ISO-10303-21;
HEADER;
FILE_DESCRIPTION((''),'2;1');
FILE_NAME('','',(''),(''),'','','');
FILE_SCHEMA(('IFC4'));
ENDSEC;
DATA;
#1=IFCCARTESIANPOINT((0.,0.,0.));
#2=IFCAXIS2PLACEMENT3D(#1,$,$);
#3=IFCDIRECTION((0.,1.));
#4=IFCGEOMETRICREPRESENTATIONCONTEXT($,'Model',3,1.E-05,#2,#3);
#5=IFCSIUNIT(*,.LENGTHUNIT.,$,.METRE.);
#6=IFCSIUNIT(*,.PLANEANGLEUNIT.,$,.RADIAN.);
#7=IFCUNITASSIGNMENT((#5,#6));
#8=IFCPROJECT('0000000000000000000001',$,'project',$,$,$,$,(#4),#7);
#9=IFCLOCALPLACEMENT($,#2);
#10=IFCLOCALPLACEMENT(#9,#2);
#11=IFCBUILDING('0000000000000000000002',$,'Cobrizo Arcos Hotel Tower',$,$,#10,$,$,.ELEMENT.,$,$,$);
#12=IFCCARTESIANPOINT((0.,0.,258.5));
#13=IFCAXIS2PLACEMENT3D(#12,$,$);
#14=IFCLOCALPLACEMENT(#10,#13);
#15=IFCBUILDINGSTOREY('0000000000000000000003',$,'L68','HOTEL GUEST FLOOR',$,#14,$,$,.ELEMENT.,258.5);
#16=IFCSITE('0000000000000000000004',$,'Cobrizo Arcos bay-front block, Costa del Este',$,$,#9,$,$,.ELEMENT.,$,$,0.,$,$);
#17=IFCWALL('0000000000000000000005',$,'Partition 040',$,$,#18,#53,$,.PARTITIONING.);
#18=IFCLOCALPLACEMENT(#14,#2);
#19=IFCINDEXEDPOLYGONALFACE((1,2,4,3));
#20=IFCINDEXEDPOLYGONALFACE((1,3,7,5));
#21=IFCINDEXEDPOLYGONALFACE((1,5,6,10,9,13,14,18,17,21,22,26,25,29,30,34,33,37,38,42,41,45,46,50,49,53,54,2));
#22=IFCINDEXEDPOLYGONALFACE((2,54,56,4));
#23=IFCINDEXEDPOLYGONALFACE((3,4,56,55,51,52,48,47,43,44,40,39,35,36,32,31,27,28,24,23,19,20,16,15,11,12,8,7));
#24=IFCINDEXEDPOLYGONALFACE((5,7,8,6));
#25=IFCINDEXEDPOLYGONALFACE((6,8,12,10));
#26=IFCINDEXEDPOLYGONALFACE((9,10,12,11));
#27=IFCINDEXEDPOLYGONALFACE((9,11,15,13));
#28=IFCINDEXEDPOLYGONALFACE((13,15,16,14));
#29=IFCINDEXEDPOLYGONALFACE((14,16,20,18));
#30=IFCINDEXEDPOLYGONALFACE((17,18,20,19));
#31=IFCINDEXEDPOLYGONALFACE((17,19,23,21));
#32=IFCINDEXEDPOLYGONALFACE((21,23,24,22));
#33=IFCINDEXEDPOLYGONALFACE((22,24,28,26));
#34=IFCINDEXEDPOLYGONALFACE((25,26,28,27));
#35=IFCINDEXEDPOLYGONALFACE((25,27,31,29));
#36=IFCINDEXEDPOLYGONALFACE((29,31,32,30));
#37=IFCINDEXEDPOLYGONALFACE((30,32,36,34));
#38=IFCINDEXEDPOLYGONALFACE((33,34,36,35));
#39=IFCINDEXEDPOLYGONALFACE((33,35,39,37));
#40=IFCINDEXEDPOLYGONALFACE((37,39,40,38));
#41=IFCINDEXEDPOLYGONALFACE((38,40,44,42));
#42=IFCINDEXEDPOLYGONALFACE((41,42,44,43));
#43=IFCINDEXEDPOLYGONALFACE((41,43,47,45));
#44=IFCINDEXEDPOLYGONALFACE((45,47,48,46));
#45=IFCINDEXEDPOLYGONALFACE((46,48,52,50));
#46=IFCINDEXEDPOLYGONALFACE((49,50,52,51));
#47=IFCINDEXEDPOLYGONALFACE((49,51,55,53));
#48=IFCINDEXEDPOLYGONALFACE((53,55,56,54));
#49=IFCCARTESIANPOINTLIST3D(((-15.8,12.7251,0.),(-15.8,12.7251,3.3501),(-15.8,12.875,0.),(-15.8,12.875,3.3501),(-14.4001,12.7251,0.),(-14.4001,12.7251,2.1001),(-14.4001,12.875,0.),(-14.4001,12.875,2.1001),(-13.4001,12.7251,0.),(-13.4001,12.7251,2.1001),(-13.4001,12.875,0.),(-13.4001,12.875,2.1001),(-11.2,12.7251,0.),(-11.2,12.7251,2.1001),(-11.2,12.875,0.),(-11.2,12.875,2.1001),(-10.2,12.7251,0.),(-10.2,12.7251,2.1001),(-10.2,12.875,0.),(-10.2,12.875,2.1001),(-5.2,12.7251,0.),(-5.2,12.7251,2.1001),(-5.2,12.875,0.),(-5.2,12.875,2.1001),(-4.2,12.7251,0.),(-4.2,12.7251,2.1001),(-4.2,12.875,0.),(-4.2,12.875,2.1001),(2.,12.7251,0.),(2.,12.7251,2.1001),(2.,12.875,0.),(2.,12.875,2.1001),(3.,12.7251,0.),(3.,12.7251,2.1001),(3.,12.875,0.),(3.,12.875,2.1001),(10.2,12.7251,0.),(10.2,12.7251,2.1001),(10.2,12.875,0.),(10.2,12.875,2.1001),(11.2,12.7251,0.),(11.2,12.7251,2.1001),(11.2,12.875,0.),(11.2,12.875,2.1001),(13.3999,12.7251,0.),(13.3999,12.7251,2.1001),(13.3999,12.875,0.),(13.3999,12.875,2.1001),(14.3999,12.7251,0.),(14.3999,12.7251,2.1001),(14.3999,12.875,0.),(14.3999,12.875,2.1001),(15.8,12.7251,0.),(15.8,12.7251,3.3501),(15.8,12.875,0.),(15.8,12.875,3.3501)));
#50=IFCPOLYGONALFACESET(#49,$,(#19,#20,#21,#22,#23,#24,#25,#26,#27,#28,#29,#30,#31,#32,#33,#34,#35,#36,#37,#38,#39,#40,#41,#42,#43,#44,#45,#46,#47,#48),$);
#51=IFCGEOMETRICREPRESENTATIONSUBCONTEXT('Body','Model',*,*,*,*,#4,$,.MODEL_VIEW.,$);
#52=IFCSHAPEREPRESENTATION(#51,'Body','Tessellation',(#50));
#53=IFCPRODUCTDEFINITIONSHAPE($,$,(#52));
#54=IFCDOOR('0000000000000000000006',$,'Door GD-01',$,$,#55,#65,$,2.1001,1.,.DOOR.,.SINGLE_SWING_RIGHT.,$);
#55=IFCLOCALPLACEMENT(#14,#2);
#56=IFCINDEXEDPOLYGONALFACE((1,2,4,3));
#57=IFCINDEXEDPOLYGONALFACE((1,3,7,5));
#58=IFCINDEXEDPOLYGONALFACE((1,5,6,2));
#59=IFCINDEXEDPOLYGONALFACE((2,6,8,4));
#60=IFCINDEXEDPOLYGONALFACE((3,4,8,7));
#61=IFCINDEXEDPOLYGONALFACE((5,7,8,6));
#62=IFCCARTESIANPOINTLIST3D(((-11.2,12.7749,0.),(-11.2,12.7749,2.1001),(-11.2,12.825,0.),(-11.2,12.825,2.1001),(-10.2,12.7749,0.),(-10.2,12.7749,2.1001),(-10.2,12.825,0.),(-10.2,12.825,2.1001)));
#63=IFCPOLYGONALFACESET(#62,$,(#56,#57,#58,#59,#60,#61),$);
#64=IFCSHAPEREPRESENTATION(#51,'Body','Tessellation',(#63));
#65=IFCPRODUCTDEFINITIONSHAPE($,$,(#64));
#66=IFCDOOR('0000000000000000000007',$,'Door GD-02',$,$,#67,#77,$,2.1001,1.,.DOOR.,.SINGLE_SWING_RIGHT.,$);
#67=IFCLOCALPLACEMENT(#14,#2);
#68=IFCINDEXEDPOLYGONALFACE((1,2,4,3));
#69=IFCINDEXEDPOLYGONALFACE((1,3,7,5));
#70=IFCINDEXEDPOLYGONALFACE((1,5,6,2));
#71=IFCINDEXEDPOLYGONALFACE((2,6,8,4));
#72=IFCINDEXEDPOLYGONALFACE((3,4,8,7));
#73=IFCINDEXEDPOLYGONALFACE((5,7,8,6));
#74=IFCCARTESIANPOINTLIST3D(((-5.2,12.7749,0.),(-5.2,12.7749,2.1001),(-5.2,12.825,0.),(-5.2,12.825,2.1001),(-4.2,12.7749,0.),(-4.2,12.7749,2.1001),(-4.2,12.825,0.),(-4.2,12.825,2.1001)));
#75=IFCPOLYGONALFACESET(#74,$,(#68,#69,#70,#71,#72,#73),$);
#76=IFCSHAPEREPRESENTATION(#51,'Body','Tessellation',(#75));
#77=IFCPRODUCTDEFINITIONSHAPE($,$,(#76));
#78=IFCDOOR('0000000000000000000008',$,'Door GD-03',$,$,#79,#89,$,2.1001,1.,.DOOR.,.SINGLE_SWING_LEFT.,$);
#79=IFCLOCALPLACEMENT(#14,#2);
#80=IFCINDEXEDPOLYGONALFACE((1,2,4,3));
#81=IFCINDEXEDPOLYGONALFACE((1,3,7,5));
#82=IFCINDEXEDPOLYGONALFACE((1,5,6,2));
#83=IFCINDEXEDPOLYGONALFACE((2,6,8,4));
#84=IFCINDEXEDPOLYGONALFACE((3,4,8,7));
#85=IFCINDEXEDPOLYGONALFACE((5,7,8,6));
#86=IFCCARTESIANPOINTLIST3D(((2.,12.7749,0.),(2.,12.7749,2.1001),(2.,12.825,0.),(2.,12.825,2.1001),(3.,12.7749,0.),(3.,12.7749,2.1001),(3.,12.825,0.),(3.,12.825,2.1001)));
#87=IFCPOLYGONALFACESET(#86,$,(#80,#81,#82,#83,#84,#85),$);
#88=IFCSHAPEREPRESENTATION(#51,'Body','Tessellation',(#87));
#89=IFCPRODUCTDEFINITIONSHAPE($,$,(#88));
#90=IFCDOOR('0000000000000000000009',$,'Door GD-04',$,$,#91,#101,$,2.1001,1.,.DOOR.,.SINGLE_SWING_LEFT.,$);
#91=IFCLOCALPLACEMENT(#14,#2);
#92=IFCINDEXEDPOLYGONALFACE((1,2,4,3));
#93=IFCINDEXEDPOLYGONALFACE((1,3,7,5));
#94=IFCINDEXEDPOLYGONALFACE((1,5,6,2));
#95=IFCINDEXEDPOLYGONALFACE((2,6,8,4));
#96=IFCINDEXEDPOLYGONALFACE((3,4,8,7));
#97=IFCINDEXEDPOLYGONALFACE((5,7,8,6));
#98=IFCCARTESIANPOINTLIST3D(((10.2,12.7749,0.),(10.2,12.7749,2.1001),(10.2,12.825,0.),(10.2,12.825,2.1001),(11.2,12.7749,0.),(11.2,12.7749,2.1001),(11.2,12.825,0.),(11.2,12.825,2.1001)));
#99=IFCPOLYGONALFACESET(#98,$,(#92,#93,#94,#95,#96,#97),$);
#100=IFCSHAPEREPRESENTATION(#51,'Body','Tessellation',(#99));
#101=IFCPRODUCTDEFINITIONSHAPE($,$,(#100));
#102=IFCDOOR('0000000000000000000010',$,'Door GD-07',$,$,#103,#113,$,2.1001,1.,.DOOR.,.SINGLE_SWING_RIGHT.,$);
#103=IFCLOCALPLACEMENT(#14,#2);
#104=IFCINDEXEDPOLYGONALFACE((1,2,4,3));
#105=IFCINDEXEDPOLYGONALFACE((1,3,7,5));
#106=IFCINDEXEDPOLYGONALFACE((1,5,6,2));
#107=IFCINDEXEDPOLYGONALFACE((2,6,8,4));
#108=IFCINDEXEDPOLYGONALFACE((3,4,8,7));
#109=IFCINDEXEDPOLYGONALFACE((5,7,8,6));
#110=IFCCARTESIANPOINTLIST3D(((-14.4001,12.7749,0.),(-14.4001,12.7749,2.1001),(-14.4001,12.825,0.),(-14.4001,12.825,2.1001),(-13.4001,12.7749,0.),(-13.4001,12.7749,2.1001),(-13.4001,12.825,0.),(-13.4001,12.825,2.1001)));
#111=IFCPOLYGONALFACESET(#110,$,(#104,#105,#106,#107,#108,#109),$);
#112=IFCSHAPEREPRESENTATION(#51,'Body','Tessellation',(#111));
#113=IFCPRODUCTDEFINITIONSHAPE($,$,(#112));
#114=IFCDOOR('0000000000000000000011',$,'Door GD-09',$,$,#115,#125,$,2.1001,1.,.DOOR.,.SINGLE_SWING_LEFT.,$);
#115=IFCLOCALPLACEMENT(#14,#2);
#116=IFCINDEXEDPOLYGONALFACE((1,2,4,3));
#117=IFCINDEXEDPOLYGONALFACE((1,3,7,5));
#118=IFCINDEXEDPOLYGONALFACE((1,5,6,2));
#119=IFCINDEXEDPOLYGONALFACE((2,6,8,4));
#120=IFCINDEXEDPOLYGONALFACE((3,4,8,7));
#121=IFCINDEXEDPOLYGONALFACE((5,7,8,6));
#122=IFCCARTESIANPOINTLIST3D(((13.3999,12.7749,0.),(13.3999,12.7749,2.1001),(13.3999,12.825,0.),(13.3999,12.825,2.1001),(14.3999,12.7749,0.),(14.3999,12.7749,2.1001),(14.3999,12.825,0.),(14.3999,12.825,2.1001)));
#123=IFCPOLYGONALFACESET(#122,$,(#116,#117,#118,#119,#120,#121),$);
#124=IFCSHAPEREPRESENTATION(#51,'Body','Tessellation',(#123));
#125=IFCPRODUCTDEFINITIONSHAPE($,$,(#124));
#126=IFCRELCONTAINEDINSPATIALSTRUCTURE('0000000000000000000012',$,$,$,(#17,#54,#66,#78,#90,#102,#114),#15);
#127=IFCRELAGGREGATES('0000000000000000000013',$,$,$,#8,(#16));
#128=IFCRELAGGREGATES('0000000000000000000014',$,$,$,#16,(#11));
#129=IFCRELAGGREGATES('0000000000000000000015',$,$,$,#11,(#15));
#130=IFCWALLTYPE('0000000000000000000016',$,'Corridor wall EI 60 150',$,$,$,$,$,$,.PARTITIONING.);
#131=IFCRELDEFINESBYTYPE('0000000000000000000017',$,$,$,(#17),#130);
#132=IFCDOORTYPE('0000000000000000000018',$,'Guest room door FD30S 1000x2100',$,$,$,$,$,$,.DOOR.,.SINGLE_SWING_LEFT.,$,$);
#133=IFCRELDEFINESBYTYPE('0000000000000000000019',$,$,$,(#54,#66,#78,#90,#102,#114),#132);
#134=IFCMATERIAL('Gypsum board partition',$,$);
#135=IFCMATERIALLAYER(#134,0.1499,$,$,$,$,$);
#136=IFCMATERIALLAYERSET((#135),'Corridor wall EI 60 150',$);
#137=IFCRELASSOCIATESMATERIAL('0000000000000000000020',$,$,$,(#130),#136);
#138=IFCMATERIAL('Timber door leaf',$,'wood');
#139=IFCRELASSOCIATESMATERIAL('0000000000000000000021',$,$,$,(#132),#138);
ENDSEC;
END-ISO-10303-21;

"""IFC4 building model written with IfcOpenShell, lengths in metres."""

from ifc_helpers import new_model, si_unit, direction, frame, frame_2d, origin, place, context, subcontext, project, spatial, rectangle, extrude, material, layer, layer_set, type_object, element, fill, save


model = new_model("IFC4")

# Units and contexts
model_context = context("Model", 3, precision=1e-05, world=origin(), true_north=direction((0.0, 1.0)))
body_context = subcontext(model_context, "Body", "Model", "MODEL_VIEW")
ifc_project = project(units=[si_unit("LENGTHUNIT", "METRE"), si_unit("PLANEANGLEUNIT", "RADIAN")], contexts=[model_context])

# Site, building, storey
site_placement = place(None, origin())
site = spatial("IfcSite", under=ifc_project, at=site_placement, Name="Cobrizo Arcos bay-front block, Costa del Este", CompositionType="ELEMENT", RefElevation=0.0)
building_placement = place(site_placement, origin())
building = spatial("IfcBuilding", under=site, at=building_placement, Name="Cobrizo Arcos Hotel Tower", CompositionType="ELEMENT")
storey_placement = place(building_placement, frame((0.0, 0.0, 258.5)))
storey = spatial("IfcBuildingStorey", under=building, at=storey_placement, Name="L68", Description="HOTEL GUEST FLOOR", CompositionType="ELEMENT", Elevation=258.5)

# Wall, openings, doors
ifc_material_1 = material(Name="Gypsum board partition")
ifc_layer_1 = layer(ifc_material_1, 0.1499)
ifc_layer_set_1 = layer_set([ifc_layer_1], Name="Corridor wall EI 60 150")
wall_type = type_object("IfcWallType", Name="Corridor wall EI 60 150", PredefinedType="PARTITIONING", material=ifc_layer_set_1)
wall_placement = place(storey_placement, frame((-15.8, 12.8, 0.0), z_axis=(0.0, 0.0, 1.0), x_axis=(1.0, 0.0, 0.0)))
wall = element("IfcWall", 1, at=wall_placement, inside=storey, type_object=wall_type, Name="Partition 040", PredefinedType="PARTITIONING", context=body_context, shape_type="SweptSolid", body=[
    extrude(rectangle(XDim=31.6001, YDim=0.1499, at=frame_2d((15.8, 0.0))), origin(), (0.0, 0.0, 1.0), 3.3501),
])
opening_1_placement = place(wall_placement, frame((4.6001, 0.0, 0.0)))
opening_1 = element("IfcOpeningElement", 2, at=opening_1_placement, cuts=wall, PredefinedType="OPENING", context=body_context, shape_type="SweptSolid", body=[
    extrude(rectangle(XDim=1.0, YDim=2.1001, at=frame_2d((0.5, 1.05))), frame((0.0, 0.0869, 0.0), z_axis=(0.0, -1.0, 0.0), x_axis=(1.0, 0.0, 0.0)), (0.0, 0.0, 1.0), 0.1738),
])
opening_2_placement = place(wall_placement, frame((10.6001, 0.0, 0.0)))
opening_2 = element("IfcOpeningElement", 3, at=opening_2_placement, cuts=wall, PredefinedType="OPENING", context=body_context, shape_type="SweptSolid", body=[
    extrude(rectangle(XDim=1.0, YDim=2.1001, at=frame_2d((0.5, 1.05))), frame((0.0, 0.0869, 0.0), z_axis=(0.0, -1.0, 0.0), x_axis=(1.0, 0.0, 0.0)), (0.0, 0.0, 1.0), 0.1738),
])
opening_3_placement = place(wall_placement, frame((17.8, 0.0, 0.0)))
opening_3 = element("IfcOpeningElement", 4, at=opening_3_placement, cuts=wall, PredefinedType="OPENING", context=body_context, shape_type="SweptSolid", body=[
    extrude(rectangle(XDim=1.0, YDim=2.1001, at=frame_2d((0.5, 1.05))), frame((0.0, 0.0869, 0.0), z_axis=(0.0, -1.0, 0.0), x_axis=(1.0, 0.0, 0.0)), (0.0, 0.0, 1.0), 0.1738),
])
opening_4_placement = place(wall_placement, frame((26.0, 0.0, 0.0)))
opening_4 = element("IfcOpeningElement", 5, at=opening_4_placement, cuts=wall, PredefinedType="OPENING", context=body_context, shape_type="SweptSolid", body=[
    extrude(rectangle(XDim=1.0, YDim=2.1001, at=frame_2d((0.5, 1.05))), frame((0.0, 0.0869, 0.0), z_axis=(0.0, -1.0, 0.0), x_axis=(1.0, 0.0, 0.0)), (0.0, 0.0, 1.0), 0.1738),
])
opening_5_placement = place(wall_placement, frame((1.3999, 0.0, 0.0)))
opening_5 = element("IfcOpeningElement", 6, at=opening_5_placement, cuts=wall, PredefinedType="OPENING", context=body_context, shape_type="SweptSolid", body=[
    extrude(rectangle(XDim=1.0, YDim=2.1001, at=frame_2d((0.5, 1.05))), frame((0.0, 0.0869, 0.0), z_axis=(0.0, -1.0, 0.0), x_axis=(1.0, 0.0, 0.0)), (0.0, 0.0, 1.0), 0.1738),
])
opening_6_placement = place(wall_placement, frame((29.2, 0.0, 0.0)))
opening_6 = element("IfcOpeningElement", 7, at=opening_6_placement, cuts=wall, PredefinedType="OPENING", context=body_context, shape_type="SweptSolid", body=[
    extrude(rectangle(XDim=1.0, YDim=2.1001, at=frame_2d((0.5, 1.05))), frame((0.0, 0.0869, 0.0), z_axis=(0.0, -1.0, 0.0), x_axis=(1.0, 0.0, 0.0)), (0.0, 0.0, 1.0), 0.1738),
])
ifc_material_2 = material(Name="Timber door leaf", Category="wood")
door_type = type_object("IfcDoorType", Name="Guest room door FD30S 1000x2100", OperationType="SINGLE_SWING_LEFT", PredefinedType="DOOR", material=ifc_material_2)
door_1_placement = place(opening_1_placement, origin())
door_1 = element("IfcDoor", 8, at=door_1_placement, inside=storey, type_object=door_type, Name="Door GD-01", OperationType="SINGLE_SWING_RIGHT", OverallHeight=2.1001, OverallWidth=1.0, PredefinedType="DOOR", context=body_context, shape_type="SweptSolid", body=[
    extrude(rectangle(XDim=1.0, YDim=2.1001, at=frame_2d((0.5, 1.05))), frame((0.0, 0.0249, 0.0), z_axis=(0.0, -1.0, 0.0), x_axis=(1.0, 0.0, 0.0)), (0.0, 0.0, 1.0), 0.05),
])
fill(opening_1, door_1)
door_2_placement = place(opening_2_placement, origin())
door_2 = element("IfcDoor", 9, at=door_2_placement, inside=storey, type_object=door_type, Name="Door GD-02", OperationType="SINGLE_SWING_RIGHT", OverallHeight=2.1001, OverallWidth=1.0, PredefinedType="DOOR", context=body_context, shape_type="SweptSolid", body=[
    extrude(rectangle(XDim=1.0, YDim=2.1001, at=frame_2d((0.5, 1.05))), frame((0.0, 0.0249, 0.0), z_axis=(0.0, -1.0, 0.0), x_axis=(1.0, 0.0, 0.0)), (0.0, 0.0, 1.0), 0.05),
])
fill(opening_2, door_2)
door_3_placement = place(opening_3_placement, origin())
door_3 = element("IfcDoor", 10, at=door_3_placement, inside=storey, type_object=door_type, Name="Door GD-03", OperationType="SINGLE_SWING_LEFT", OverallHeight=2.1001, OverallWidth=1.0, PredefinedType="DOOR", context=body_context, shape_type="SweptSolid", body=[
    extrude(rectangle(XDim=1.0, YDim=2.1001, at=frame_2d((0.5, 1.05))), frame((0.0, 0.0249, 0.0), z_axis=(0.0, -1.0, 0.0), x_axis=(1.0, 0.0, 0.0)), (0.0, 0.0, 1.0), 0.05),
])
fill(opening_3, door_3)
door_4_placement = place(opening_4_placement, origin())
door_4 = element("IfcDoor", 11, at=door_4_placement, inside=storey, type_object=door_type, Name="Door GD-04", OperationType="SINGLE_SWING_LEFT", OverallHeight=2.1001, OverallWidth=1.0, PredefinedType="DOOR", context=body_context, shape_type="SweptSolid", body=[
    extrude(rectangle(XDim=1.0, YDim=2.1001, at=frame_2d((0.5, 1.05))), frame((0.0, 0.0249, 0.0), z_axis=(0.0, -1.0, 0.0), x_axis=(1.0, 0.0, 0.0)), (0.0, 0.0, 1.0), 0.05),
])
fill(opening_4, door_4)
door_5_placement = place(opening_5_placement, origin())
door_5 = element("IfcDoor", 12, at=door_5_placement, inside=storey, type_object=door_type, Name="Door GD-07", OperationType="SINGLE_SWING_RIGHT", OverallHeight=2.1001, OverallWidth=1.0, PredefinedType="DOOR", context=body_context, shape_type="SweptSolid", body=[
    extrude(rectangle(XDim=1.0, YDim=2.1001, at=frame_2d((0.5, 1.05))), frame((0.0, 0.0249, 0.0), z_axis=(0.0, -1.0, 0.0), x_axis=(1.0, 0.0, 0.0)), (0.0, 0.0, 1.0), 0.05),
])
fill(opening_5, door_5)
door_6_placement = place(opening_6_placement, origin())
door_6 = element("IfcDoor", 13, at=door_6_placement, inside=storey, type_object=door_type, Name="Door GD-09", OperationType="SINGLE_SWING_LEFT", OverallHeight=2.1001, OverallWidth=1.0, PredefinedType="DOOR", context=body_context, shape_type="SweptSolid", body=[
    extrude(rectangle(XDim=1.0, YDim=2.1001, at=frame_2d((0.5, 1.05))), frame((0.0, 0.0249, 0.0), z_axis=(0.0, -1.0, 0.0), x_axis=(1.0, 0.0, 0.0)), (0.0, 0.0, 1.0), 0.05),
])
fill(opening_6, door_6)

save(model, "model.ifc")
